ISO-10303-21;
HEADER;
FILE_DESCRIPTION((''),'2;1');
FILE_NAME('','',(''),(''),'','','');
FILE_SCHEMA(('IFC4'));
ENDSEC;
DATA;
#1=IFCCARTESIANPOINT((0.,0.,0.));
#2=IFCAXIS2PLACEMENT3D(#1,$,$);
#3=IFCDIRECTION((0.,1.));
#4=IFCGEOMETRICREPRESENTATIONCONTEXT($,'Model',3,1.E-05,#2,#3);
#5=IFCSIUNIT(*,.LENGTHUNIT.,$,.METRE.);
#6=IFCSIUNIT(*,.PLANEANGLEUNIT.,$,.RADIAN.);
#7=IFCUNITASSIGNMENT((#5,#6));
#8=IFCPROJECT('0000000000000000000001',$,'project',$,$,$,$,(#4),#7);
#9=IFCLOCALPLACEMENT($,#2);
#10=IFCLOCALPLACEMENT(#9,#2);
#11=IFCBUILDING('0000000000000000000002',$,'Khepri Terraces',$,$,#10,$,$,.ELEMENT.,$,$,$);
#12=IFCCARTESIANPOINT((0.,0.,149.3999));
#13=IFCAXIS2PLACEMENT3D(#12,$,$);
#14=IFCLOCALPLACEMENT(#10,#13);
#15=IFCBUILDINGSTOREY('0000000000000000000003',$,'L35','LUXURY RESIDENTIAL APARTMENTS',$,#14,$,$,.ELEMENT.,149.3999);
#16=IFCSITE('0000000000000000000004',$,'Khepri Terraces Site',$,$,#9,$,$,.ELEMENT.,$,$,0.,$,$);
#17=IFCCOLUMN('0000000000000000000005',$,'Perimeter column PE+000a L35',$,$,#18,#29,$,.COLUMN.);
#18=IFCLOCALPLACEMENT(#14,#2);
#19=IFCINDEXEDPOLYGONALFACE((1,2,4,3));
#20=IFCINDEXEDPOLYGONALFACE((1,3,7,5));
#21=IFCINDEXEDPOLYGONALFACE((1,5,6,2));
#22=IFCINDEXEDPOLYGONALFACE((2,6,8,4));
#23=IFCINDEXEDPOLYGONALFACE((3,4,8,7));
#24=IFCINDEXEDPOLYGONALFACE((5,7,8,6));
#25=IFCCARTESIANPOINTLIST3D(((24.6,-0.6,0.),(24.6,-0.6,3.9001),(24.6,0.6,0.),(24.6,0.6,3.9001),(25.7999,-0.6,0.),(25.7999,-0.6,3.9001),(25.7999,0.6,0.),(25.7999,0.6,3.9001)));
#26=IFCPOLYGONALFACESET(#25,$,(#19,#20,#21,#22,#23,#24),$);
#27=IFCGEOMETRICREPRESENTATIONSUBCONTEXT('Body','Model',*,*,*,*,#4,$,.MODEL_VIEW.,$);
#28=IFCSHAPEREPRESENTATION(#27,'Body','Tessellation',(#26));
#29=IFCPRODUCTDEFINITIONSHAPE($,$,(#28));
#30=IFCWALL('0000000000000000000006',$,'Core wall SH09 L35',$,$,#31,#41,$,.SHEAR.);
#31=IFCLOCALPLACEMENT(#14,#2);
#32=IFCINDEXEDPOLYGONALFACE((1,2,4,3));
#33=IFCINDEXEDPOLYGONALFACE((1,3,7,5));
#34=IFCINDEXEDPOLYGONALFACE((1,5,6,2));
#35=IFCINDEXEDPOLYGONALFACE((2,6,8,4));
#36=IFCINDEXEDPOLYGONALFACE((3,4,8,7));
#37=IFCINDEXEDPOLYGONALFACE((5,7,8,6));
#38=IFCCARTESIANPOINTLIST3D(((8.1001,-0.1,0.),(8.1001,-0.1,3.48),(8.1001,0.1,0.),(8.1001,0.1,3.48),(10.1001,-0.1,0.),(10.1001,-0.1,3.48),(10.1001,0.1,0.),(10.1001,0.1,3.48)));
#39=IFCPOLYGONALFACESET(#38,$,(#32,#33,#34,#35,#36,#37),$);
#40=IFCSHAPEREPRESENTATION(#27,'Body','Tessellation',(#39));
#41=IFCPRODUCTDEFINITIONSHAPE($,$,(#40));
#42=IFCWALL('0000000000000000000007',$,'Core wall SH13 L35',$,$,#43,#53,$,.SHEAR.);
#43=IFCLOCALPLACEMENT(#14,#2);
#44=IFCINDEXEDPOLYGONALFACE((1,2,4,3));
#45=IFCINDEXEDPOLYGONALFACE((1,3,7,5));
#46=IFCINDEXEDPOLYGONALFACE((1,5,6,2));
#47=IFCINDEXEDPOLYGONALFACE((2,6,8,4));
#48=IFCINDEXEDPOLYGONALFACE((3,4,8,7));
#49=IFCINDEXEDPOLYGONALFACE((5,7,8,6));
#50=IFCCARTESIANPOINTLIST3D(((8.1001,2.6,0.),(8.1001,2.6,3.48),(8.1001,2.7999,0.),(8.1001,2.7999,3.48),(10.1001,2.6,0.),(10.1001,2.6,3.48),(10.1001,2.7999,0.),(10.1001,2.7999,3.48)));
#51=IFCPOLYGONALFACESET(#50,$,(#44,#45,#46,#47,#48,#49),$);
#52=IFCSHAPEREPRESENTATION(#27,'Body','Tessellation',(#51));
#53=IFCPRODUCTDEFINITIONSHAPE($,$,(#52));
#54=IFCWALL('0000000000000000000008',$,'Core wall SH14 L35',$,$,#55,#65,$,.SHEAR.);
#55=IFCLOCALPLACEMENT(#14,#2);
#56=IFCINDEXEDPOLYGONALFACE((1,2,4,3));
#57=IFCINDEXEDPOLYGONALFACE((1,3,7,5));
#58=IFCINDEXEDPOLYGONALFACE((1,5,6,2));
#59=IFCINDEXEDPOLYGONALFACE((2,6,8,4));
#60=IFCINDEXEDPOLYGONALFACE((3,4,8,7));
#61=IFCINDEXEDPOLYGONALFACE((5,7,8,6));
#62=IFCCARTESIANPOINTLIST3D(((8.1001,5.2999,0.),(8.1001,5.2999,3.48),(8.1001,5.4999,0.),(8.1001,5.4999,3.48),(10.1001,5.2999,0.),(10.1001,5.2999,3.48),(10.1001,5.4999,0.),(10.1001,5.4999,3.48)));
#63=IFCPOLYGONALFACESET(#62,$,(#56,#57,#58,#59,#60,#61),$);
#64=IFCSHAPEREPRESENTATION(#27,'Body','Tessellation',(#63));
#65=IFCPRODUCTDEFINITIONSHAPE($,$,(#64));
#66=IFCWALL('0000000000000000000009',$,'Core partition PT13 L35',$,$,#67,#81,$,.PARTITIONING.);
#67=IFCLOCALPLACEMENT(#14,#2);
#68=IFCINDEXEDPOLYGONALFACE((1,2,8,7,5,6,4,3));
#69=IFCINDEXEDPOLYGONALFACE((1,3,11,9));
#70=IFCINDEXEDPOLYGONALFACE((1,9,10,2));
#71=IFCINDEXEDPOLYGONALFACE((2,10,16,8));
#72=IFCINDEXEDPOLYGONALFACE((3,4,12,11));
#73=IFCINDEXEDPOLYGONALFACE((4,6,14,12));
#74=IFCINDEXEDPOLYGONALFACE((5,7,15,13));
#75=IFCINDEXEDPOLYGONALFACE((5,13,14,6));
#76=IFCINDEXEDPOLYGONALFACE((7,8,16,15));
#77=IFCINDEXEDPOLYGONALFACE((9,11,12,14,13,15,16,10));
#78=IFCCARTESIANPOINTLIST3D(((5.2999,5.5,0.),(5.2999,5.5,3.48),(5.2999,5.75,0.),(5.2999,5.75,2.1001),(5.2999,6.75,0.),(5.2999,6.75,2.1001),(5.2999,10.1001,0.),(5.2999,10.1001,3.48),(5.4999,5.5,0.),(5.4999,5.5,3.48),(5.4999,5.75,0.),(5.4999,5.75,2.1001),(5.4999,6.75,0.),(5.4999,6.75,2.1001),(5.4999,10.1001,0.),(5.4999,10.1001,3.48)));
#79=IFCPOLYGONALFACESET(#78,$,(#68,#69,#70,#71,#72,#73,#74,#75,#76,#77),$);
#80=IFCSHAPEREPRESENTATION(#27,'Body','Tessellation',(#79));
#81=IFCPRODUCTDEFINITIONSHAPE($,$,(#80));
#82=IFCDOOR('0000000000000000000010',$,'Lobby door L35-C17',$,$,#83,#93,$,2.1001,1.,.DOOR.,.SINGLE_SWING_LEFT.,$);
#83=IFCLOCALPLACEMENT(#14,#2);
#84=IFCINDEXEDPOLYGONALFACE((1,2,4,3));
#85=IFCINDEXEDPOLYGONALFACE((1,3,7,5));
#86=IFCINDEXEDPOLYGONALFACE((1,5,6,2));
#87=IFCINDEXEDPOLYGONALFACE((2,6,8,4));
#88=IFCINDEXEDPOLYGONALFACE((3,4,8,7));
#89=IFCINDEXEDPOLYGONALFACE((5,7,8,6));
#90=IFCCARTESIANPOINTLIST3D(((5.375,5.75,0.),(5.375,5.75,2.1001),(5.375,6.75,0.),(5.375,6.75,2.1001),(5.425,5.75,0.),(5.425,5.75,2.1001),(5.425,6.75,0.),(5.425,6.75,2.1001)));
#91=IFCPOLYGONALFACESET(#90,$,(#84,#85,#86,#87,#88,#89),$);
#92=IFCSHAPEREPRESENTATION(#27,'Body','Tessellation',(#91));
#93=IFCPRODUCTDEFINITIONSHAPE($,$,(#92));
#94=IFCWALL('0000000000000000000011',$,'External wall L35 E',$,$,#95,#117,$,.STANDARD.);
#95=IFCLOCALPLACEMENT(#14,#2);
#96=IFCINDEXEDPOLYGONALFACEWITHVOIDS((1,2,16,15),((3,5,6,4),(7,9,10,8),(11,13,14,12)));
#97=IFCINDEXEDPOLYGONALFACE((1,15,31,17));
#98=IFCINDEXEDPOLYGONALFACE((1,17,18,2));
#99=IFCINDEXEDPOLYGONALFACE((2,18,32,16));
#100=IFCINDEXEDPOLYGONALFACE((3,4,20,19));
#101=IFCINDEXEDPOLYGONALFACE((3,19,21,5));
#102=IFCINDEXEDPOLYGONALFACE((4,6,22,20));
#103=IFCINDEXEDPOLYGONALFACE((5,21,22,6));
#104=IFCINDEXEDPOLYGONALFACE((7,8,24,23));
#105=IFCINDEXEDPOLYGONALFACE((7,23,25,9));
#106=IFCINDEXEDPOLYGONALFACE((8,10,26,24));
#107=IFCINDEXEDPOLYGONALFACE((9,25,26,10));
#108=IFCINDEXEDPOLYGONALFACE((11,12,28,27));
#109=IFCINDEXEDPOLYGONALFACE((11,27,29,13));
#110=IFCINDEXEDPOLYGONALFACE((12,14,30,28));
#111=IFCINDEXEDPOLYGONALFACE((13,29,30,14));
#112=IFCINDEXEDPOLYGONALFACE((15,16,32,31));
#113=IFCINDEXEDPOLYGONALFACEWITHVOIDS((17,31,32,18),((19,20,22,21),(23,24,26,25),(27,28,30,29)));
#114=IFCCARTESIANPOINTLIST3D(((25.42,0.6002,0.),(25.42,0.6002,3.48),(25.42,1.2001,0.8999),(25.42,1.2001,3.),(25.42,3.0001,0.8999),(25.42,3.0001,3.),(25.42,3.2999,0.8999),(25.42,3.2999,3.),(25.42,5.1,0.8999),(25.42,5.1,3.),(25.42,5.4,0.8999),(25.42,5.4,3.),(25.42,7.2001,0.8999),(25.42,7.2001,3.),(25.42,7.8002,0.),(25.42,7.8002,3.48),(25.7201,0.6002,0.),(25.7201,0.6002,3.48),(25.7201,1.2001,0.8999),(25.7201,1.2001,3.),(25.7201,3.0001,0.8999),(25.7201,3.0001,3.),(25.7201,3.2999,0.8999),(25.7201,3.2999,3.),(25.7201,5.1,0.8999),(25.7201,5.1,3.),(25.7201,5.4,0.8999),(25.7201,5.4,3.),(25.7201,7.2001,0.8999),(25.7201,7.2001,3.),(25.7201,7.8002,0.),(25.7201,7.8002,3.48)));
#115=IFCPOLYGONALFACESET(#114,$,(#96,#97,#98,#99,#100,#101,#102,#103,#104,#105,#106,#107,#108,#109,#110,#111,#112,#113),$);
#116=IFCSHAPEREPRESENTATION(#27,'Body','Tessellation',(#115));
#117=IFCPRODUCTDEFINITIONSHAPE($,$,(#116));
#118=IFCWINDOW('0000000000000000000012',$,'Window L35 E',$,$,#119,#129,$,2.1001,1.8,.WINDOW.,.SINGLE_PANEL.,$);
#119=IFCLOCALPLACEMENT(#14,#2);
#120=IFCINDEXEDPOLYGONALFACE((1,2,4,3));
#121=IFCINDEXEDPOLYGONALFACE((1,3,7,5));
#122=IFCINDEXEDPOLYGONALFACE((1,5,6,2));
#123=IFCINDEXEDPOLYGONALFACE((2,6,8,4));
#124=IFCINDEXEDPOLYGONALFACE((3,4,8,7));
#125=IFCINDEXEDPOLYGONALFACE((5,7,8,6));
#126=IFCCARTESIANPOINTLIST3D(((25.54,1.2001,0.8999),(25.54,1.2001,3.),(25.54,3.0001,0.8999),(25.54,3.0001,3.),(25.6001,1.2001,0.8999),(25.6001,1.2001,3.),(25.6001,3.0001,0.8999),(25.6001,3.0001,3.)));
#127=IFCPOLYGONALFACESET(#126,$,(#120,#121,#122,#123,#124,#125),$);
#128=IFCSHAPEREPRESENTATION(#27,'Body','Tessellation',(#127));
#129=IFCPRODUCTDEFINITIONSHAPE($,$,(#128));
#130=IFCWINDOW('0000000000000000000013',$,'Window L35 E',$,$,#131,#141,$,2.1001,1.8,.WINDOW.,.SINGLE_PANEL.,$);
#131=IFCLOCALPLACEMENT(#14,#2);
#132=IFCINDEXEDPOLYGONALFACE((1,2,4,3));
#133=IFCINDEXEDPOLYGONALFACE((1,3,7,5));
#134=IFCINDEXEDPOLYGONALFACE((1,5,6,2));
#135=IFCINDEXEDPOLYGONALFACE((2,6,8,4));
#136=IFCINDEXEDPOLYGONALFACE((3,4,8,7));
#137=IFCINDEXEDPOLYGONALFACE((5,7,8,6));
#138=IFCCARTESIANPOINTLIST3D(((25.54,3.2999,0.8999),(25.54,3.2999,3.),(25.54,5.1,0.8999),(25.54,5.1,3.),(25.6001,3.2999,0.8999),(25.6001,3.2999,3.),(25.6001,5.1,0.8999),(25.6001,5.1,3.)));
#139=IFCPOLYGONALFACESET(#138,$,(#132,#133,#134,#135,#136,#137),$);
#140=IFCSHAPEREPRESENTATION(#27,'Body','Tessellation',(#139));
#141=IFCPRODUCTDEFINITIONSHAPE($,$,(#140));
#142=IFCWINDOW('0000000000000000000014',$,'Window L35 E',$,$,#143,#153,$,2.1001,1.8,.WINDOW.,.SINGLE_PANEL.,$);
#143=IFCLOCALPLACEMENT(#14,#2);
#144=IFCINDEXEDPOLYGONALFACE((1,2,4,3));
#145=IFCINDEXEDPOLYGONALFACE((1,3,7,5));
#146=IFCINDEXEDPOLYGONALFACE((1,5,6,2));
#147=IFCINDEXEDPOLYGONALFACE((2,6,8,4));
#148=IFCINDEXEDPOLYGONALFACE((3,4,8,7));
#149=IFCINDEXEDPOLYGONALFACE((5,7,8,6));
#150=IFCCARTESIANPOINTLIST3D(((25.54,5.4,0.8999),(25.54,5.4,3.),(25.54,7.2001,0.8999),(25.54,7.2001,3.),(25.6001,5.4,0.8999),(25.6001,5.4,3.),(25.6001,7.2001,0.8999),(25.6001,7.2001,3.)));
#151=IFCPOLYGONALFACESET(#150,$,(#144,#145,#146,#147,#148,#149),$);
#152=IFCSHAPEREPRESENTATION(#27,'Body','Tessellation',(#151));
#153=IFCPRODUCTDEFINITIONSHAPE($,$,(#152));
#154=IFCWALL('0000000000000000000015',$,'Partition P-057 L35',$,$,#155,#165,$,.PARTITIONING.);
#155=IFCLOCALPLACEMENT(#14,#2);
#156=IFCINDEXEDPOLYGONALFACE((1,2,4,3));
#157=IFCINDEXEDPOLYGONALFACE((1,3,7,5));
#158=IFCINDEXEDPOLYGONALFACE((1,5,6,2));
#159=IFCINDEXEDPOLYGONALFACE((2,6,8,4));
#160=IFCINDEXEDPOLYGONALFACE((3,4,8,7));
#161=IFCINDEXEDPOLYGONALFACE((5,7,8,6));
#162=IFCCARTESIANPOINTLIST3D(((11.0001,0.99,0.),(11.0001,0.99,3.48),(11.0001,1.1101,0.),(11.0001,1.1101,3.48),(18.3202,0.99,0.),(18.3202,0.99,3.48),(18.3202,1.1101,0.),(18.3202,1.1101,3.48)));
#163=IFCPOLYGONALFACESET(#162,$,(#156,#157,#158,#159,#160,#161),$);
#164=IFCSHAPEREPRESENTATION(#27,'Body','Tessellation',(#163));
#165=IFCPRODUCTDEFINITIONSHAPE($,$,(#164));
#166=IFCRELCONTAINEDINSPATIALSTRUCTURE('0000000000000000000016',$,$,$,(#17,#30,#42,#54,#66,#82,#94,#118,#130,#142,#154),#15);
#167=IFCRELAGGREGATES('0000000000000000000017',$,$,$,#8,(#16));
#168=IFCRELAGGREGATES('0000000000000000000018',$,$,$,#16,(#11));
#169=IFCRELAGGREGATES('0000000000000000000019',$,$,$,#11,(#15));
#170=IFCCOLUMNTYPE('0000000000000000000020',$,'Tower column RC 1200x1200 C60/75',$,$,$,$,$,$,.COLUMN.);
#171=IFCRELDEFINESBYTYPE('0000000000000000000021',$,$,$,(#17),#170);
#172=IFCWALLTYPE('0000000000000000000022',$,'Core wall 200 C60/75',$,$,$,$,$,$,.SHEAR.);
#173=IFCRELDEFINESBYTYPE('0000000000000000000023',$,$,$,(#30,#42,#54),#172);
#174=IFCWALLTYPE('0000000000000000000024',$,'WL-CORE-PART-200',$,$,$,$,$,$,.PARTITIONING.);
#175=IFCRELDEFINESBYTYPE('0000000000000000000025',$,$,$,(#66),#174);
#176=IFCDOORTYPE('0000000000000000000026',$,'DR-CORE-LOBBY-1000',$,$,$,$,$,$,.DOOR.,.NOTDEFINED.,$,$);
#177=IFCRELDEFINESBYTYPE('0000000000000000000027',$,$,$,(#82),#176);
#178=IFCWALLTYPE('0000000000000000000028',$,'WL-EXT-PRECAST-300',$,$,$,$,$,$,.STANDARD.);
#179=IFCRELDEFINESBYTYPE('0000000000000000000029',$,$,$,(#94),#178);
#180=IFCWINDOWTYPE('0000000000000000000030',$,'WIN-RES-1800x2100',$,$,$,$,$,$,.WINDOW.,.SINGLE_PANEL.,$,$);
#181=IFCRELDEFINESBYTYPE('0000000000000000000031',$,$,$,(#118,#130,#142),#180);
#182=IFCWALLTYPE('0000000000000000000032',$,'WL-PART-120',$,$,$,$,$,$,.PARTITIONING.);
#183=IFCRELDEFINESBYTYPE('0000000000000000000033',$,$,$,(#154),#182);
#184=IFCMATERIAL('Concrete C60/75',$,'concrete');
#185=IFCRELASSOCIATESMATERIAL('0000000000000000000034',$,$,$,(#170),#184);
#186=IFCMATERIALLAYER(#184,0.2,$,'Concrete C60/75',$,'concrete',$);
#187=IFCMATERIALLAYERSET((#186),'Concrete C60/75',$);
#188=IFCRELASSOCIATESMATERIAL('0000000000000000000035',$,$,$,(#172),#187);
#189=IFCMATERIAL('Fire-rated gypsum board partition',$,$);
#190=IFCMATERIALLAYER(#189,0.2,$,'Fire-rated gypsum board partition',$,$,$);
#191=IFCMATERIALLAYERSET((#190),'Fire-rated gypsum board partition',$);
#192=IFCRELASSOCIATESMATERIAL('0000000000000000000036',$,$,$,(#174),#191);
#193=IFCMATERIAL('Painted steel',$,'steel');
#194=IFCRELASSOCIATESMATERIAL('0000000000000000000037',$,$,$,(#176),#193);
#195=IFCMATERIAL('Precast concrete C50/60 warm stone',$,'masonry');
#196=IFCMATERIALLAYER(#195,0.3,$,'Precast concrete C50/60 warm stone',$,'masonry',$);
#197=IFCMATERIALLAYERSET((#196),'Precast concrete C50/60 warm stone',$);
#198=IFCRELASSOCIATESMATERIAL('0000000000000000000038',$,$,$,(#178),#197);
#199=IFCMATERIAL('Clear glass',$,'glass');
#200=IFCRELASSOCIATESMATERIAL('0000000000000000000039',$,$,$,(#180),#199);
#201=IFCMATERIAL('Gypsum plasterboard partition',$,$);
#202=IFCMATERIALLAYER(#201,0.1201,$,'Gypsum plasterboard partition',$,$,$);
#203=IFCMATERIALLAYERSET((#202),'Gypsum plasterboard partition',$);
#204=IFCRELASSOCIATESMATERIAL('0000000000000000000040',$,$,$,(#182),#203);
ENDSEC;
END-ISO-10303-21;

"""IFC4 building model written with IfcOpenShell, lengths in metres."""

from ifc_helpers import new_model, si_unit, direction, frame, frame_2d, origin, origin_2d, place, context, subcontext, project, spatial, rectangle, extrude, material, layer, layer_set, material_profile, profile_set, type_object, element, fill, save


model = new_model("IFC4")

# Units and contexts
model_context = context("Model", 3, precision=1e-05, world=origin(), true_north=direction((0.0, 1.0)))
body_context = subcontext(model_context, "Body", "Model", "MODEL_VIEW")
ifc_project = project(units=[si_unit("LENGTHUNIT", "METRE"), si_unit("PLANEANGLEUNIT", "RADIAN")], contexts=[model_context])

# Site, building, storey
site_placement = place(None, origin())
site = spatial("IfcSite", under=ifc_project, at=site_placement, Name="Khepri Terraces Site", CompositionType="ELEMENT", RefElevation=0.0)
building_placement = place(site_placement, origin())
building = spatial("IfcBuilding", under=site, at=building_placement, Name="Khepri Terraces", CompositionType="ELEMENT")
storey_placement = place(building_placement, frame((0.0, 0.0, 149.3999)))
storey = spatial("IfcBuildingStorey", under=building, at=storey_placement, Name="L35", Description="LUXURY RESIDENTIAL APARTMENTS", CompositionType="ELEMENT", Elevation=149.3999)

# Column
ifc_material_1 = material(Name="Concrete C60/75", Category="concrete")
ifc_material_profile = material_profile(ifc_material_1, rectangle(XDim=1.2, YDim=1.2, at=origin_2d()), Name="Concrete C60/75", Category="concrete")
ifc_profile_set = profile_set([ifc_material_profile], Name="Concrete C60/75")
column_type = type_object("IfcColumnType", Name="Tower column RC 1200x1200 C60/75", PredefinedType="COLUMN", material=ifc_profile_set)
column_placement = place(storey_placement, frame((25.2, 0.0, 0.0), z_axis=(0.0, 0.0, 1.0), x_axis=(1.0, 0.0, 0.0)))
element("IfcColumn", 1, at=column_placement, inside=storey, type_object=column_type, Name="Perimeter column PE+000a L35", PredefinedType="COLUMN", context=body_context, shape_type="SweptSolid", body=[
    extrude(rectangle(XDim=1.2, YDim=1.2, at=origin_2d()), origin(), (0.0, 0.0, 1.0), 3.9001),
])

# Walls
ifc_layer_1 = layer(ifc_material_1, 0.2, Name="Concrete C60/75", Category="concrete")
ifc_layer_set_1 = layer_set([ifc_layer_1], Name="Concrete C60/75")
wall_type_1 = type_object("IfcWallType", Name="Core wall 200 C60/75", PredefinedType="SHEAR", material=ifc_layer_set_1)
for number, where, z_axis, x_axis, name in (
    (2, (8.1001, 0.0, 0.0), (0.0, 0.0, 1.0), (1.0, 0.0, 0.0), "Core wall SH09 L35"),
    (3, (8.1001, 2.7, 0.0), (0.0, 0.0, 1.0), (1.0, 0.0, 0.0), "Core wall SH13 L35"),
    (4, (8.1001, 5.3999, 0.0), (0.0, 0.0, 1.0), (1.0, 0.0, 0.0), "Core wall SH14 L35"),
):
    element("IfcWall", number, at=place(storey_placement, frame(where, z_axis=z_axis, x_axis=x_axis)), inside=storey, type_object=wall_type_1, Name=name, PredefinedType="SHEAR", context=body_context, shape_type="SweptSolid", body=[
        extrude(rectangle(XDim=2.0, YDim=0.2, at=frame_2d((1.0, 0.0))), origin(), (0.0, 0.0, 1.0), 3.48),
    ])

# Wall, opening, door
ifc_material_2 = material(Name="Fire-rated gypsum board partition")
ifc_layer_2 = layer(ifc_material_2, 0.2, Name="Fire-rated gypsum board partition")
ifc_layer_set_2 = layer_set([ifc_layer_2], Name="Fire-rated gypsum board partition")
wall_type_2 = type_object("IfcWallType", Name="WL-CORE-PART-200", PredefinedType="PARTITIONING", material=ifc_layer_set_2)
wall_1_placement = place(storey_placement, frame((5.3999, 5.5, 0.0), z_axis=(0.0, 0.0, 1.0), x_axis=(0.0, 1.0, 0.0)))
wall_1 = element("IfcWall", 5, at=wall_1_placement, inside=storey, type_object=wall_type_2, Name="Core partition PT13 L35", PredefinedType="PARTITIONING", context=body_context, shape_type="SweptSolid", body=[
    extrude(rectangle(XDim=4.6001, YDim=0.2, at=frame_2d((2.3, 0.0))), origin(), (0.0, 0.0, 1.0), 3.48),
])
opening_1_placement = place(wall_1_placement, frame((0.25, 0.0, 0.0)))
opening_1 = element("IfcOpeningElement", 6, at=opening_1_placement, cuts=wall_1, PredefinedType="OPENING", context=body_context, shape_type="SweptSolid", body=[
    extrude(rectangle(XDim=1.0, YDim=2.1001, at=frame_2d((0.5, 1.05))), frame((0.0, 0.1099, 0.0), z_axis=(0.0, -1.0, 0.0), x_axis=(1.0, 0.0, 0.0)), (0.0, 0.0, 1.0), 0.22),
])
ifc_material_3 = material(Name="Painted steel", Category="steel")
door_type_1 = type_object("IfcDoorType", Name="DR-CORE-LOBBY-1000", OperationType="NOTDEFINED", PredefinedType="DOOR", material=ifc_material_3)
door_1_placement = place(opening_1_placement, origin())
door_1 = element("IfcDoor", 7, at=door_1_placement, inside=storey, type_object=door_type_1, Name="Lobby door L35-C17", OperationType="SINGLE_SWING_LEFT", OverallHeight=2.1001, OverallWidth=1.0, PredefinedType="DOOR", context=body_context, shape_type="SweptSolid", body=[
    extrude(rectangle(XDim=1.0, YDim=2.1001, at=frame_2d((0.5, 1.05))), frame((0.0, 0.0249, 0.0), z_axis=(0.0, -1.0, 0.0), x_axis=(1.0, 0.0, 0.0)), (0.0, 0.0, 1.0), 0.05),
])
fill(opening_1, door_1)

# Wall, openings, windows
ifc_material_4 = material(Name="Precast concrete C50/60 warm stone", Category="masonry")
ifc_layer_3 = layer(ifc_material_4, 0.3, Name="Precast concrete C50/60 warm stone", Category="masonry")
ifc_layer_set_3 = layer_set([ifc_layer_3], Name="Precast concrete C50/60 warm stone")
wall_type_3 = type_object("IfcWallType", Name="WL-EXT-PRECAST-300", PredefinedType="STANDARD", material=ifc_layer_set_3)
wall_2_placement = place(storey_placement, frame((25.5701, 0.6001, 0.0), z_axis=(0.0, 0.0, 1.0), x_axis=(0.0, 1.0, 0.0)))
wall_2 = element("IfcWall", 8, at=wall_2_placement, inside=storey, type_object=wall_type_3, Name="External wall L35 E", PredefinedType="STANDARD", context=body_context, shape_type="SweptSolid", body=[
    extrude(rectangle(XDim=7.2, YDim=0.3, at=frame_2d((3.6001, 0.0))), origin(), (0.0, 0.0, 1.0), 3.48),
])
opening_2_placement = place(wall_2_placement, frame((0.6001, 0.0, 0.8999)))
opening_2 = element("IfcOpeningElement", 9, at=opening_2_placement, cuts=wall_2, PredefinedType="OPENING", context=body_context, shape_type="SweptSolid", body=[
    extrude(rectangle(XDim=1.8, YDim=2.1001, at=frame_2d((0.8999, 1.05))), frame((0.0, 0.1602, 0.0), z_axis=(0.0, -1.0, 0.0), x_axis=(1.0, 0.0, 0.0)), (0.0, 0.0, 1.0), 0.3201),
])
opening_3_placement = place(wall_2_placement, frame((2.7, 0.0, 0.8999)))
opening_3 = element("IfcOpeningElement", 10, at=opening_3_placement, cuts=wall_2, PredefinedType="OPENING", context=body_context, shape_type="SweptSolid", body=[
    extrude(rectangle(XDim=1.8, YDim=2.1001, at=frame_2d((0.8999, 1.05))), frame((0.0, 0.1602, 0.0), z_axis=(0.0, -1.0, 0.0), x_axis=(1.0, 0.0, 0.0)), (0.0, 0.0, 1.0), 0.3201),
])
opening_4_placement = place(wall_2_placement, frame((4.8, 0.0, 0.8999)))
opening_4 = element("IfcOpeningElement", 11, at=opening_4_placement, cuts=wall_2, PredefinedType="OPENING", context=body_context, shape_type="SweptSolid", body=[
    extrude(rectangle(XDim=1.8, YDim=2.1001, at=frame_2d((0.8999, 1.05))), frame((0.0, 0.1602, 0.0), z_axis=(0.0, -1.0, 0.0), x_axis=(1.0, 0.0, 0.0)), (0.0, 0.0, 1.0), 0.3201),
])
ifc_material_5 = material(Name="Clear glass", Category="glass")
window_type = type_object("IfcWindowType", Name="WIN-RES-1800x2100", PartitioningType="SINGLE_PANEL", PredefinedType="WINDOW", material=ifc_material_5)
window_1_placement = place(opening_2_placement, origin())
window_1 = element("IfcWindow", 12, at=window_1_placement, inside=storey, type_object=window_type, Name="Window L35 E", OverallHeight=2.1001, OverallWidth=1.8, PartitioningType="SINGLE_PANEL", PredefinedType="WINDOW", context=body_context, shape_type="SweptSolid", body=[
    extrude(rectangle(XDim=1.8, YDim=2.1001, at=frame_2d((0.8999, 1.05))), frame((0.0, 0.03, 0.0), z_axis=(0.0, -1.0, 0.0), x_axis=(1.0, 0.0, 0.0)), (0.0, 0.0, 1.0), 0.0601),
])
fill(opening_2, window_1)
window_2_placement = place(opening_3_placement, origin())
window_2 = element("IfcWindow", 13, at=window_2_placement, inside=storey, type_object=window_type, Name="Window L35 E", OverallHeight=2.1001, OverallWidth=1.8, PartitioningType="SINGLE_PANEL", PredefinedType="WINDOW", context=body_context, shape_type="SweptSolid", body=[
    extrude(rectangle(XDim=1.8, YDim=2.1001, at=frame_2d((0.8999, 1.05))), frame((0.0, 0.03, 0.0), z_axis=(0.0, -1.0, 0.0), x_axis=(1.0, 0.0, 0.0)), (0.0, 0.0, 1.0), 0.0601),
])
fill(opening_3, window_2)
window_3_placement = place(opening_4_placement, origin())
window_3 = element("IfcWindow", 14, at=window_3_placement, inside=storey, type_object=window_type, Name="Window L35 E", OverallHeight=2.1001, OverallWidth=1.8, PartitioningType="SINGLE_PANEL", PredefinedType="WINDOW", context=body_context, shape_type="SweptSolid", body=[
    extrude(rectangle(XDim=1.8, YDim=2.1001, at=frame_2d((0.8999, 1.05))), frame((0.0, 0.03, 0.0), z_axis=(0.0, -1.0, 0.0), x_axis=(1.0, 0.0, 0.0)), (0.0, 0.0, 1.0), 0.0601),
])
fill(opening_4, window_3)

# Wall
ifc_material_6 = material(Name="Gypsum plasterboard partition")
ifc_layer_4 = layer(ifc_material_6, 0.1201, Name="Gypsum plasterboard partition")
ifc_layer_set_4 = layer_set([ifc_layer_4], Name="Gypsum plasterboard partition")
wall_type_4 = type_object("IfcWallType", Name="WL-PART-120", PredefinedType="PARTITIONING", material=ifc_layer_set_4)
wall_3_placement = place(storey_placement, frame((11.0, 1.05, 0.0), z_axis=(0.0, 0.0, 1.0), x_axis=(1.0, 0.0, 0.0)))
element("IfcWall", 15, at=wall_3_placement, inside=storey, type_object=wall_type_4, Name="Partition P-057 L35", PredefinedType="PARTITIONING", context=body_context, shape_type="SweptSolid", body=[
    extrude(rectangle(XDim=7.3201, YDim=0.1201, at=frame_2d((3.6602, 0.0))), origin(), (0.0, 0.0, 1.0), 3.48),
])

save(model, "model.ifc")
